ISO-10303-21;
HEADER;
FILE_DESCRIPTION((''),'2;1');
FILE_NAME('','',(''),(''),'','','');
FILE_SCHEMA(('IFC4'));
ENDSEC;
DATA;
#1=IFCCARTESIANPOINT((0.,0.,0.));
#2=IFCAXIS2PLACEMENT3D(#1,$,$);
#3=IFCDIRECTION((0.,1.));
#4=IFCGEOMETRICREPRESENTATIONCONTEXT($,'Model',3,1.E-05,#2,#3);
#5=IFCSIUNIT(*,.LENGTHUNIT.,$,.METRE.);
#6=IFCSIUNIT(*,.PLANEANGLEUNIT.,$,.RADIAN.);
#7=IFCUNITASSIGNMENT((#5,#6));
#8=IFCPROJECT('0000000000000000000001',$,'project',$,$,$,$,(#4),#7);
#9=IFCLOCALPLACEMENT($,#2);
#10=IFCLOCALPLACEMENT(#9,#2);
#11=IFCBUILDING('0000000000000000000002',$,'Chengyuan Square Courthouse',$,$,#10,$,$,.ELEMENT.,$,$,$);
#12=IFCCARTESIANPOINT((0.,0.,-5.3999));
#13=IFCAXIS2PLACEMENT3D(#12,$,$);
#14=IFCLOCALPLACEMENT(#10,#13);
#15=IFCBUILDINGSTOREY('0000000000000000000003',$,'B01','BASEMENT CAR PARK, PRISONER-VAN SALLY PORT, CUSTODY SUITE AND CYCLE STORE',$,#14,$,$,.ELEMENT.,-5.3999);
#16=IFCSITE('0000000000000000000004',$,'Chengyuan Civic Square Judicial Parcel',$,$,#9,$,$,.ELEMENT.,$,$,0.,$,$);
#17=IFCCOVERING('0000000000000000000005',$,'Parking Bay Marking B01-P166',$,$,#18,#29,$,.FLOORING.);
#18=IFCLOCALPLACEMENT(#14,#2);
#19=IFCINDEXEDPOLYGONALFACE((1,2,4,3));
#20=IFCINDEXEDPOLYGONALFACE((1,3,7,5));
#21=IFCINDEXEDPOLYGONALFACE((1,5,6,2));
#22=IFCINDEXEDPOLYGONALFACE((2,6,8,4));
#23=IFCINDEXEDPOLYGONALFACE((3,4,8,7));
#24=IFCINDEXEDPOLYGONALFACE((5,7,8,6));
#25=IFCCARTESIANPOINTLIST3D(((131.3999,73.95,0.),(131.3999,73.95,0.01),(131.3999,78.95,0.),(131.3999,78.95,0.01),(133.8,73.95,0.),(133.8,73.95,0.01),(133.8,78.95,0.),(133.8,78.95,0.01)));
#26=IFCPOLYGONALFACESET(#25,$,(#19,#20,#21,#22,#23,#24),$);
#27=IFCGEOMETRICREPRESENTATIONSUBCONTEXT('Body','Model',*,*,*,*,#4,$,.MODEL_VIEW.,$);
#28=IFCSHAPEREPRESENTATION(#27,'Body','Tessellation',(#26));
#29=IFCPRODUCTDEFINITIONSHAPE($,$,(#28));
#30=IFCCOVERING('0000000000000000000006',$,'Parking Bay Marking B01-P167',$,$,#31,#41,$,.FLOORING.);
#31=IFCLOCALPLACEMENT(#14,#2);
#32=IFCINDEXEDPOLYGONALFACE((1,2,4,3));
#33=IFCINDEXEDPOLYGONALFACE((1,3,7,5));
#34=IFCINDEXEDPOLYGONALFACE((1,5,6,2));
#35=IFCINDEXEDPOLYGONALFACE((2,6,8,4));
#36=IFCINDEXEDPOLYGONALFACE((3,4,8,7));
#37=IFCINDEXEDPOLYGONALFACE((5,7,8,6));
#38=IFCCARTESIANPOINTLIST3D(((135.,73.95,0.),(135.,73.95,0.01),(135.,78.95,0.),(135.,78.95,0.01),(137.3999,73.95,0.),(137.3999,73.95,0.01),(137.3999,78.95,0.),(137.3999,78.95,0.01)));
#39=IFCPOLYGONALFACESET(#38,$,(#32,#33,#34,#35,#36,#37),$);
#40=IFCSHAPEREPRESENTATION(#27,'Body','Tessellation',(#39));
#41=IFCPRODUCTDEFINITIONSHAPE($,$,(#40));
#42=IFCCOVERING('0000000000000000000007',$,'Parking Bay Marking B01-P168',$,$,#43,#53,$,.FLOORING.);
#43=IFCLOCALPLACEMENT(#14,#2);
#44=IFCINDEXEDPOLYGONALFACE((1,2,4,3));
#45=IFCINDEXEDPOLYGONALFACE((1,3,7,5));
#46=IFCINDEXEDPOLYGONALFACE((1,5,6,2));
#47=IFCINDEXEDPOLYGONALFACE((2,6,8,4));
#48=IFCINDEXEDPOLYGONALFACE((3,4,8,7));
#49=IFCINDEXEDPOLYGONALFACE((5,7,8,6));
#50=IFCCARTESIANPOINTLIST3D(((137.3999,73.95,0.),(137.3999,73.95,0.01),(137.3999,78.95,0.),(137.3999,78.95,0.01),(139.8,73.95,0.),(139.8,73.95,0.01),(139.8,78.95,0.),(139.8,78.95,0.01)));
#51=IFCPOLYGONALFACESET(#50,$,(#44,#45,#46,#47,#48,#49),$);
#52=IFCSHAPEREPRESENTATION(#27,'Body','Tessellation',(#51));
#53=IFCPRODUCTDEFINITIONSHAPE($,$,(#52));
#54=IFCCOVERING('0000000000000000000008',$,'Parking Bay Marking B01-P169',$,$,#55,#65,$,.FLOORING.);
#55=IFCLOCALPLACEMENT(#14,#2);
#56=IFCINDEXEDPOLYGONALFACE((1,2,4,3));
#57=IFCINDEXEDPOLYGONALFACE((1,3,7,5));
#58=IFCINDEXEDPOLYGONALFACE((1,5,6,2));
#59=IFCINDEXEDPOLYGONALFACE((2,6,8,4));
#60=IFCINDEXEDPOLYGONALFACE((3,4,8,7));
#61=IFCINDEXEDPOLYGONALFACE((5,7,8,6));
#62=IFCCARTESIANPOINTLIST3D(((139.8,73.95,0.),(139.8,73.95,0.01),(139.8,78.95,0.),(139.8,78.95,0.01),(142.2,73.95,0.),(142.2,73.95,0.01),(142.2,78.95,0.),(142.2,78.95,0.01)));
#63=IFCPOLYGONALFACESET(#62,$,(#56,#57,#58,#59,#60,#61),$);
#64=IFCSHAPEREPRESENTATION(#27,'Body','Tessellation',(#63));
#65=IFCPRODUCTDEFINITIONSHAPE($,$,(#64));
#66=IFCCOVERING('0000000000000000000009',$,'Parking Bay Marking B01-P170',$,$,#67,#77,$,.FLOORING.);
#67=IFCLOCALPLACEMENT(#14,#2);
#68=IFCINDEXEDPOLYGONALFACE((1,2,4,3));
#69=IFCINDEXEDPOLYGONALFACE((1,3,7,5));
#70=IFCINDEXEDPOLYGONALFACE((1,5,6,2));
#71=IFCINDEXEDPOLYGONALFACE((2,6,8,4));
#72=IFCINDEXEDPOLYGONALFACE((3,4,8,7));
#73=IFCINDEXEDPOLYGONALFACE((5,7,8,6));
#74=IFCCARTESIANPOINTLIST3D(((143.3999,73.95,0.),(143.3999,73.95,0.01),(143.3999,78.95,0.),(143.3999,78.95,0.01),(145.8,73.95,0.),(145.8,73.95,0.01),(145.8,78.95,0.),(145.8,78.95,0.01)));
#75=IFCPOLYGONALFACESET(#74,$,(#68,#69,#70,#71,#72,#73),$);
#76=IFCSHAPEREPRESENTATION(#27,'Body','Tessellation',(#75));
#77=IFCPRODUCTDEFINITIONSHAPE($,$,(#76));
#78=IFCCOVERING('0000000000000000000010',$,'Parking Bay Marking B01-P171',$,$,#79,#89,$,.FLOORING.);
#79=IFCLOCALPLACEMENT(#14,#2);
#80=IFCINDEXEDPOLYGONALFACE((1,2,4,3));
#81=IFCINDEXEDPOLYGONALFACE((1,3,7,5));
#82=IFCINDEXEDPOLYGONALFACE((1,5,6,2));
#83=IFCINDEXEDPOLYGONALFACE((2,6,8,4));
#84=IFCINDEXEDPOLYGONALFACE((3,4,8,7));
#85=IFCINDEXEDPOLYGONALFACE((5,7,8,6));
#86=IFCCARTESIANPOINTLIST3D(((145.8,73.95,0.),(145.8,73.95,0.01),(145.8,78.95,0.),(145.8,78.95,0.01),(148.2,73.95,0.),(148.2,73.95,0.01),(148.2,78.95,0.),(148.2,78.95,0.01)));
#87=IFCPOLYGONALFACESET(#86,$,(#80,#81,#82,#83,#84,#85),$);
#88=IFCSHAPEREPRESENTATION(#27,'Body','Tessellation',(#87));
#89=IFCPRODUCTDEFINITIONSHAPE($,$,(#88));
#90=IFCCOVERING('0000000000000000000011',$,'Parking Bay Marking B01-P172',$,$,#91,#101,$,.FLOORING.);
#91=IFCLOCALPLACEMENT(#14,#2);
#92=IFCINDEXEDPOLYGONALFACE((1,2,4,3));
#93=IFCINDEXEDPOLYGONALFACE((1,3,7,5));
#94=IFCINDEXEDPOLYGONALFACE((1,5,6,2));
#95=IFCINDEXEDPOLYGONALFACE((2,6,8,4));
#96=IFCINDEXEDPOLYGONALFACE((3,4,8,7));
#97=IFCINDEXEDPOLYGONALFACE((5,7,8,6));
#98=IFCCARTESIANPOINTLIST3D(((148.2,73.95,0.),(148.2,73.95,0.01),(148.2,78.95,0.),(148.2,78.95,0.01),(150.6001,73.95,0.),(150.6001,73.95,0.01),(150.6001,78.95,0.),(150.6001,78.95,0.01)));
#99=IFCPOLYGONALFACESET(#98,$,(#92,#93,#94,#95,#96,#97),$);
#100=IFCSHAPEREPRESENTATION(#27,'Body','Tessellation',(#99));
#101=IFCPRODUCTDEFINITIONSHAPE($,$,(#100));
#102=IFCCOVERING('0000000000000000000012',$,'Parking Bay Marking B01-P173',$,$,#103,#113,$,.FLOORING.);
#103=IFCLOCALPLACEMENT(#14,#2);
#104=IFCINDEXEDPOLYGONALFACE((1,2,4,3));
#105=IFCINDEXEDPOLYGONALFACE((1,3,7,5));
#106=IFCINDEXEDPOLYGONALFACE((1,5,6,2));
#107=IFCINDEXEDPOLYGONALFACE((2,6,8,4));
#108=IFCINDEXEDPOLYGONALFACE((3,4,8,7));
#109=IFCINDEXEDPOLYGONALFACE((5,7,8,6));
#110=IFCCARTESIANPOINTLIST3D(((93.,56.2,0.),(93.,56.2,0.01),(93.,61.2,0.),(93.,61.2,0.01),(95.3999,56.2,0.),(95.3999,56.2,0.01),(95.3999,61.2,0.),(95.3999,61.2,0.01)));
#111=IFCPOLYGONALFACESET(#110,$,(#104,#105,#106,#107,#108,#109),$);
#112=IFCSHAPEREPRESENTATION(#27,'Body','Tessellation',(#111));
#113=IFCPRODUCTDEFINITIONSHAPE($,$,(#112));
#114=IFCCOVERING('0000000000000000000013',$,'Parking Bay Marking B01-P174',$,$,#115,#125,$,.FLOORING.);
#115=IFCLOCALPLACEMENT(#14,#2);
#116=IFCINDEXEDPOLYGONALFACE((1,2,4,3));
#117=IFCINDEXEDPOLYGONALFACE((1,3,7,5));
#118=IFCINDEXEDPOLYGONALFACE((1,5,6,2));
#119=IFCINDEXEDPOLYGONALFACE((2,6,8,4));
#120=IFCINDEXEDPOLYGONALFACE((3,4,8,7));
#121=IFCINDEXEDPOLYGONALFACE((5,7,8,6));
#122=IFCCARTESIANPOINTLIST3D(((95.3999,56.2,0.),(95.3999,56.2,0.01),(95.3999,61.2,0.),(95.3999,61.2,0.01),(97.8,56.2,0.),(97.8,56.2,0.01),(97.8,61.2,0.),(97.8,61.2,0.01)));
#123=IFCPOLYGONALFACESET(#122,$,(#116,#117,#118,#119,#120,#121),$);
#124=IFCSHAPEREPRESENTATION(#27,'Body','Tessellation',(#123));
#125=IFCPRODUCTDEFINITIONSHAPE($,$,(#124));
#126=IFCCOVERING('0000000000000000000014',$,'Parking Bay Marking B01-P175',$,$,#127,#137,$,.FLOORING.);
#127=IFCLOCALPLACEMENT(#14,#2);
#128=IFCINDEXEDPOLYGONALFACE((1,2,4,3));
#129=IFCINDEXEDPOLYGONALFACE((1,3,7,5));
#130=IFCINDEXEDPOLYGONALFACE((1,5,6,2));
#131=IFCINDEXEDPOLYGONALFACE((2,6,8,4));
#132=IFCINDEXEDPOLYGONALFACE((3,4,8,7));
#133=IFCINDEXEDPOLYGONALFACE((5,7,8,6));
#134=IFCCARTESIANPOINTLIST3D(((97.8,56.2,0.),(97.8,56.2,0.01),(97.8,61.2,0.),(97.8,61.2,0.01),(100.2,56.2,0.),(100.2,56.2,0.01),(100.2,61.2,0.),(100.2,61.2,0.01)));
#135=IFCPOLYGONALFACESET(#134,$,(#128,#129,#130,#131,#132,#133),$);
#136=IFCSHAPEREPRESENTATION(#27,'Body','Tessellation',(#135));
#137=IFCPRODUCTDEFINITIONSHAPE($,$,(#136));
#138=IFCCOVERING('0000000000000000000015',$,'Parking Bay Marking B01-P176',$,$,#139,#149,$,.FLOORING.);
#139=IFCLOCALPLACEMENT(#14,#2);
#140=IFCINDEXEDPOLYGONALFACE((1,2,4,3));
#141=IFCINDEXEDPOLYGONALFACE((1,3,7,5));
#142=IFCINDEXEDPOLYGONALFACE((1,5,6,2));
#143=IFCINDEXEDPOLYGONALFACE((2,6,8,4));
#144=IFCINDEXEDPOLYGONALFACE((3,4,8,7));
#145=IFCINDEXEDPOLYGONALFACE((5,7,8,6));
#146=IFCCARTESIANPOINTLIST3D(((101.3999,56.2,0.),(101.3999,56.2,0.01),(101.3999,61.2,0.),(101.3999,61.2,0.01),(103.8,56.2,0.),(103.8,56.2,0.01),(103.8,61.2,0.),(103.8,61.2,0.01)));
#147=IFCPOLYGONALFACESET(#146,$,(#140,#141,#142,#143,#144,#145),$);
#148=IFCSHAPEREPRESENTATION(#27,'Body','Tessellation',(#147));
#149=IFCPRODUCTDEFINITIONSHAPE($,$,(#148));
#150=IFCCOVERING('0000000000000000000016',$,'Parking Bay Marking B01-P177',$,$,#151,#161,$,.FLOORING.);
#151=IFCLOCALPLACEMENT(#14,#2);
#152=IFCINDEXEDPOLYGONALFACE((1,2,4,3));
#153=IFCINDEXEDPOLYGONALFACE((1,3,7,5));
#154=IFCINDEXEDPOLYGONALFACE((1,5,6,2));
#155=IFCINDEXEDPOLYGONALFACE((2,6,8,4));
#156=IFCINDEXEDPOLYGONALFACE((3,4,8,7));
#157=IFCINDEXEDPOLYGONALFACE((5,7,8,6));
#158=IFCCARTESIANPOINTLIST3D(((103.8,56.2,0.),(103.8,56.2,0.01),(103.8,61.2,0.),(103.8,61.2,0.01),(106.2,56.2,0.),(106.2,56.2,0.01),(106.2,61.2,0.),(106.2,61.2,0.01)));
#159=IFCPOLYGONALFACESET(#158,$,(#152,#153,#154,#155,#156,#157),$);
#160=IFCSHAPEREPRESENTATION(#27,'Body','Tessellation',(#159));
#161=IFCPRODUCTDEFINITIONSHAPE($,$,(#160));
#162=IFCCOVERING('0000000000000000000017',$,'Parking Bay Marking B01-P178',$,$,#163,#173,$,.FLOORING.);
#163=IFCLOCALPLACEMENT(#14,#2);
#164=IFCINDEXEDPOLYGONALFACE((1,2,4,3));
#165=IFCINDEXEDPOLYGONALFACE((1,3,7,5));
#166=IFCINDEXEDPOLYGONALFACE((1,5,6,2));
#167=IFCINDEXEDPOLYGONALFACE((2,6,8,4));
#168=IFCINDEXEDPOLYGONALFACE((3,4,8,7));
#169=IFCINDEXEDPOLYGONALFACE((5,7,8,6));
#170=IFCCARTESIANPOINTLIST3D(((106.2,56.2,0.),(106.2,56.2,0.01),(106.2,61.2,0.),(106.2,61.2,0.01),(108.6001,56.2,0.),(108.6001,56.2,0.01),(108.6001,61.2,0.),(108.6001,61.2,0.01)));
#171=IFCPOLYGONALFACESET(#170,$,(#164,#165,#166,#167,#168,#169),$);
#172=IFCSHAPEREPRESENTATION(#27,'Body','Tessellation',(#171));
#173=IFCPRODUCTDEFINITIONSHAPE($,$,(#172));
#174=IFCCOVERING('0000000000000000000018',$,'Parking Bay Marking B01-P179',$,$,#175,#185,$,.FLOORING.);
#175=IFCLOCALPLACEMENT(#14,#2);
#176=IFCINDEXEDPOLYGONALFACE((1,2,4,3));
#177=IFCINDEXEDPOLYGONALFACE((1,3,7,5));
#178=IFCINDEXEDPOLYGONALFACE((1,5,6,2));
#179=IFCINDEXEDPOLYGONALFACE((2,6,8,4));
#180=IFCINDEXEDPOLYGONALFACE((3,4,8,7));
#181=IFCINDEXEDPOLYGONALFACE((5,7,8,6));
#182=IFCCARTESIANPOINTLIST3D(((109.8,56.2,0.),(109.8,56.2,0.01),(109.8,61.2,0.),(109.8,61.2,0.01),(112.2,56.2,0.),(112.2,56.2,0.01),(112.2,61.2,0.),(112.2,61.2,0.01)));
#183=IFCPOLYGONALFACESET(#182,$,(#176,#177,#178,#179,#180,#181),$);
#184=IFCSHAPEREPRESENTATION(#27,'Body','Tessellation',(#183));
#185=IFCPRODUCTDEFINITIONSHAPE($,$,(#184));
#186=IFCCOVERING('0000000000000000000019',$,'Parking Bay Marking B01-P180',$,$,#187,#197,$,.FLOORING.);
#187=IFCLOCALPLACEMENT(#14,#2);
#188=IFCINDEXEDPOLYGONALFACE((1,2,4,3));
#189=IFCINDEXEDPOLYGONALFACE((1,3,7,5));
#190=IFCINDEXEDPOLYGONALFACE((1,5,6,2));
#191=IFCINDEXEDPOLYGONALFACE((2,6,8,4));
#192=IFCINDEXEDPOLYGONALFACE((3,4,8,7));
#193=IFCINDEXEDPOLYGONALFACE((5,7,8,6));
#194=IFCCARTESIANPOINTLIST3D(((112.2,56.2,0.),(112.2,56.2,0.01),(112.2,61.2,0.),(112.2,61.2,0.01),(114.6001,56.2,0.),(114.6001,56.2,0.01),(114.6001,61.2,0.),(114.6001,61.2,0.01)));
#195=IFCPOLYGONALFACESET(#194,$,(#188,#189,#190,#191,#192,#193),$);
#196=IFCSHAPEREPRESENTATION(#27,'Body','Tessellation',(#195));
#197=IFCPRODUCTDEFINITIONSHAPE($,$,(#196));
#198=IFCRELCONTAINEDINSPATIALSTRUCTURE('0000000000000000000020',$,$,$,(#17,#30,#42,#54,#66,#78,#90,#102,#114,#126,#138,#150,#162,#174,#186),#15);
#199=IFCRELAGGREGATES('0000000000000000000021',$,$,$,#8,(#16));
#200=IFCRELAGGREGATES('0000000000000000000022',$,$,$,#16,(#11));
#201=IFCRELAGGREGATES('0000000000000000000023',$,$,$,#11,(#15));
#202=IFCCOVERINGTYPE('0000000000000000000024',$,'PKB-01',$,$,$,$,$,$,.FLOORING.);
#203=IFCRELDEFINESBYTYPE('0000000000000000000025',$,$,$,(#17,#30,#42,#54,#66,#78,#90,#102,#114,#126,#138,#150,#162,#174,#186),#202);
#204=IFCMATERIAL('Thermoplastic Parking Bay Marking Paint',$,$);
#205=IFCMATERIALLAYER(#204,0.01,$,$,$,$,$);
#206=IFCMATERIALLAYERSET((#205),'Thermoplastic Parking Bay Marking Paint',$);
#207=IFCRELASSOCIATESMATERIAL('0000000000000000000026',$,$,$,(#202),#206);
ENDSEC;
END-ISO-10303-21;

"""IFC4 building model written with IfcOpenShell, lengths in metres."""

from ifc_helpers import new_model, si_unit, direction, frame, origin, place, context, subcontext, project, spatial, polyline, outline, extrude, material, layer, layer_set, type_object, element, save


model = new_model("IFC4")

# Units and contexts
model_context = context("Model", 3, precision=1e-05, world=origin(), true_north=direction((0.0, 1.0)))
body_context = subcontext(model_context, "Body", "Model", "MODEL_VIEW")
ifc_project = project(units=[si_unit("LENGTHUNIT", "METRE"), si_unit("PLANEANGLEUNIT", "RADIAN")], contexts=[model_context])

# Site, building, storey
site_placement = place(None, origin())
site = spatial("IfcSite", under=ifc_project, at=site_placement, Name="Chengyuan Civic Square Judicial Parcel", CompositionType="ELEMENT", RefElevation=0.0)
building_placement = place(site_placement, origin())
building = spatial("IfcBuilding", under=site, at=building_placement, Name="Chengyuan Square Courthouse", CompositionType="ELEMENT")
storey_placement = place(building_placement, frame((0.0, 0.0, -5.3999)))
storey = spatial("IfcBuildingStorey", under=building, at=storey_placement, Name="B01", Description="BASEMENT CAR PARK, PRISONER-VAN SALLY PORT, CUSTODY SUITE AND CYCLE STORE", CompositionType="ELEMENT", Elevation=-5.3999)

# Coverings
ifc_material = material(Name="Thermoplastic Parking Bay Marking Paint")
ifc_layer = layer(ifc_material, 0.01)
ifc_layer_set = layer_set([ifc_layer], Name="Thermoplastic Parking Bay Marking Paint")
covering_type = type_object("IfcCoveringType", Name="PKB-01", PredefinedType="FLOORING", material=ifc_layer_set)
covering_1_placement = place(storey_placement, origin())
element("IfcCovering", 1, at=covering_1_placement, inside=storey, type_object=covering_type, Name="Parking Bay Marking B01-P166", PredefinedType="FLOORING", context=body_context, shape_type="SweptSolid", body=[
    extrude(outline(polyline([(131.3999, 73.95), (133.8, 73.95), (133.8, 78.95), (131.3999, 78.95), (131.3999, 73.95)])), origin(), (0.0, 0.0, 1.0), 0.01),
])
covering_2_placement = place(storey_placement, origin())
element("IfcCovering", 2, at=covering_2_placement, inside=storey, type_object=covering_type, Name="Parking Bay Marking B01-P167", PredefinedType="FLOORING", context=body_context, shape_type="SweptSolid", body=[
    extrude(outline(polyline([(135.0, 73.95), (137.3999, 73.95), (137.3999, 78.95), (135.0, 78.95), (135.0, 73.95)])), origin(), (0.0, 0.0, 1.0), 0.01),
])
covering_3_placement = place(storey_placement, origin())
element("IfcCovering", 3, at=covering_3_placement, inside=storey, type_object=covering_type, Name="Parking Bay Marking B01-P168", PredefinedType="FLOORING", context=body_context, shape_type="SweptSolid", body=[
    extrude(outline(polyline([(137.3999, 73.95), (139.8, 73.95), (139.8, 78.95), (137.3999, 78.95), (137.3999, 73.95)])), origin(), (0.0, 0.0, 1.0), 0.01),
])
covering_4_placement = place(storey_placement, origin())
element("IfcCovering", 4, at=covering_4_placement, inside=storey, type_object=covering_type, Name="Parking Bay Marking B01-P169", PredefinedType="FLOORING", context=body_context, shape_type="SweptSolid", body=[
    extrude(outline(polyline([(139.8, 73.95), (142.2, 73.95), (142.2, 78.95), (139.8, 78.95), (139.8, 73.95)])), origin(), (0.0, 0.0, 1.0), 0.01),
])
covering_5_placement = place(storey_placement, origin())
element("IfcCovering", 5, at=covering_5_placement, inside=storey, type_object=covering_type, Name="Parking Bay Marking B01-P170", PredefinedType="FLOORING", context=body_context, shape_type="SweptSolid", body=[
    extrude(outline(polyline([(143.3999, 73.95), (145.8, 73.95), (145.8, 78.95), (143.3999, 78.95), (143.3999, 73.95)])), origin(), (0.0, 0.0, 1.0), 0.01),
])
covering_6_placement = place(storey_placement, origin())
element("IfcCovering", 6, at=covering_6_placement, inside=storey, type_object=covering_type, Name="Parking Bay Marking B01-P171", PredefinedType="FLOORING", context=body_context, shape_type="SweptSolid", body=[
    extrude(outline(polyline([(145.8, 73.95), (148.2, 73.95), (148.2, 78.95), (145.8, 78.95), (145.8, 73.95)])), origin(), (0.0, 0.0, 1.0), 0.01),
])
covering_7_placement = place(storey_placement, origin())
element("IfcCovering", 7, at=covering_7_placement, inside=storey, type_object=covering_type, Name="Parking Bay Marking B01-P172", PredefinedType="FLOORING", context=body_context, shape_type="SweptSolid", body=[
    extrude(outline(polyline([(148.2, 73.95), (150.6001, 73.95), (150.6001, 78.95), (148.2, 78.95), (148.2, 73.95)])), origin(), (0.0, 0.0, 1.0), 0.01),
])
covering_8_placement = place(storey_placement, origin())
element("IfcCovering", 8, at=covering_8_placement, inside=storey, type_object=covering_type, Name="Parking Bay Marking B01-P173", PredefinedType="FLOORING", context=body_context, shape_type="SweptSolid", body=[
    extrude(outline(polyline([(93.0, 56.2), (95.3999, 56.2), (95.3999, 61.2), (93.0, 61.2), (93.0, 56.2)])), origin(), (0.0, 0.0, 1.0), 0.01),
])
covering_9_placement = place(storey_placement, origin())
element("IfcCovering", 9, at=covering_9_placement, inside=storey, type_object=covering_type, Name="Parking Bay Marking B01-P174", PredefinedType="FLOORING", context=body_context, shape_type="SweptSolid", body=[
    extrude(outline(polyline([(95.3999, 56.2), (97.8, 56.2), (97.8, 61.2), (95.3999, 61.2), (95.3999, 56.2)])), origin(), (0.0, 0.0, 1.0), 0.01),
])
covering_10_placement = place(storey_placement, origin())
element("IfcCovering", 10, at=covering_10_placement, inside=storey, type_object=covering_type, Name="Parking Bay Marking B01-P175", PredefinedType="FLOORING", context=body_context, shape_type="SweptSolid", body=[
    extrude(outline(polyline([(97.8, 56.2), (100.2, 56.2), (100.2, 61.2), (97.8, 61.2), (97.8, 56.2)])), origin(), (0.0, 0.0, 1.0), 0.01),
])
covering_11_placement = place(storey_placement, origin())
element("IfcCovering", 11, at=covering_11_placement, inside=storey, type_object=covering_type, Name="Parking Bay Marking B01-P176", PredefinedType="FLOORING", context=body_context, shape_type="SweptSolid", body=[
    extrude(outline(polyline([(101.3999, 56.2), (103.8, 56.2), (103.8, 61.2), (101.3999, 61.2), (101.3999, 56.2)])), origin(), (0.0, 0.0, 1.0), 0.01),
])
covering_12_placement = place(storey_placement, origin())
element("IfcCovering", 12, at=covering_12_placement, inside=storey, type_object=covering_type, Name="Parking Bay Marking B01-P177", PredefinedType="FLOORING", context=body_context, shape_type="SweptSolid", body=[
    extrude(outline(polyline([(103.8, 56.2), (106.2, 56.2), (106.2, 61.2), (103.8, 61.2), (103.8, 56.2)])), origin(), (0.0, 0.0, 1.0), 0.01),
])
covering_13_placement = place(storey_placement, origin())
element("IfcCovering", 13, at=covering_13_placement, inside=storey, type_object=covering_type, Name="Parking Bay Marking B01-P178", PredefinedType="FLOORING", context=body_context, shape_type="SweptSolid", body=[
    extrude(outline(polyline([(106.2, 56.2), (108.6001, 56.2), (108.6001, 61.2), (106.2, 61.2), (106.2, 56.2)])), origin(), (0.0, 0.0, 1.0), 0.01),
])
covering_14_placement = place(storey_placement, origin())
element("IfcCovering", 14, at=covering_14_placement, inside=storey, type_object=covering_type, Name="Parking Bay Marking B01-P179", PredefinedType="FLOORING", context=body_context, shape_type="SweptSolid", body=[
    extrude(outline(polyline([(109.8, 56.2), (112.2, 56.2), (112.2, 61.2), (109.8, 61.2), (109.8, 56.2)])), origin(), (0.0, 0.0, 1.0), 0.01),
])
covering_15_placement = place(storey_placement, origin())
element("IfcCovering", 15, at=covering_15_placement, inside=storey, type_object=covering_type, Name="Parking Bay Marking B01-P180", PredefinedType="FLOORING", context=body_context, shape_type="SweptSolid", body=[
    extrude(outline(polyline([(112.2, 56.2), (114.6001, 56.2), (114.6001, 61.2), (112.2, 61.2), (112.2, 56.2)])), origin(), (0.0, 0.0, 1.0), 0.01),
])

save(model, "model.ifc")
